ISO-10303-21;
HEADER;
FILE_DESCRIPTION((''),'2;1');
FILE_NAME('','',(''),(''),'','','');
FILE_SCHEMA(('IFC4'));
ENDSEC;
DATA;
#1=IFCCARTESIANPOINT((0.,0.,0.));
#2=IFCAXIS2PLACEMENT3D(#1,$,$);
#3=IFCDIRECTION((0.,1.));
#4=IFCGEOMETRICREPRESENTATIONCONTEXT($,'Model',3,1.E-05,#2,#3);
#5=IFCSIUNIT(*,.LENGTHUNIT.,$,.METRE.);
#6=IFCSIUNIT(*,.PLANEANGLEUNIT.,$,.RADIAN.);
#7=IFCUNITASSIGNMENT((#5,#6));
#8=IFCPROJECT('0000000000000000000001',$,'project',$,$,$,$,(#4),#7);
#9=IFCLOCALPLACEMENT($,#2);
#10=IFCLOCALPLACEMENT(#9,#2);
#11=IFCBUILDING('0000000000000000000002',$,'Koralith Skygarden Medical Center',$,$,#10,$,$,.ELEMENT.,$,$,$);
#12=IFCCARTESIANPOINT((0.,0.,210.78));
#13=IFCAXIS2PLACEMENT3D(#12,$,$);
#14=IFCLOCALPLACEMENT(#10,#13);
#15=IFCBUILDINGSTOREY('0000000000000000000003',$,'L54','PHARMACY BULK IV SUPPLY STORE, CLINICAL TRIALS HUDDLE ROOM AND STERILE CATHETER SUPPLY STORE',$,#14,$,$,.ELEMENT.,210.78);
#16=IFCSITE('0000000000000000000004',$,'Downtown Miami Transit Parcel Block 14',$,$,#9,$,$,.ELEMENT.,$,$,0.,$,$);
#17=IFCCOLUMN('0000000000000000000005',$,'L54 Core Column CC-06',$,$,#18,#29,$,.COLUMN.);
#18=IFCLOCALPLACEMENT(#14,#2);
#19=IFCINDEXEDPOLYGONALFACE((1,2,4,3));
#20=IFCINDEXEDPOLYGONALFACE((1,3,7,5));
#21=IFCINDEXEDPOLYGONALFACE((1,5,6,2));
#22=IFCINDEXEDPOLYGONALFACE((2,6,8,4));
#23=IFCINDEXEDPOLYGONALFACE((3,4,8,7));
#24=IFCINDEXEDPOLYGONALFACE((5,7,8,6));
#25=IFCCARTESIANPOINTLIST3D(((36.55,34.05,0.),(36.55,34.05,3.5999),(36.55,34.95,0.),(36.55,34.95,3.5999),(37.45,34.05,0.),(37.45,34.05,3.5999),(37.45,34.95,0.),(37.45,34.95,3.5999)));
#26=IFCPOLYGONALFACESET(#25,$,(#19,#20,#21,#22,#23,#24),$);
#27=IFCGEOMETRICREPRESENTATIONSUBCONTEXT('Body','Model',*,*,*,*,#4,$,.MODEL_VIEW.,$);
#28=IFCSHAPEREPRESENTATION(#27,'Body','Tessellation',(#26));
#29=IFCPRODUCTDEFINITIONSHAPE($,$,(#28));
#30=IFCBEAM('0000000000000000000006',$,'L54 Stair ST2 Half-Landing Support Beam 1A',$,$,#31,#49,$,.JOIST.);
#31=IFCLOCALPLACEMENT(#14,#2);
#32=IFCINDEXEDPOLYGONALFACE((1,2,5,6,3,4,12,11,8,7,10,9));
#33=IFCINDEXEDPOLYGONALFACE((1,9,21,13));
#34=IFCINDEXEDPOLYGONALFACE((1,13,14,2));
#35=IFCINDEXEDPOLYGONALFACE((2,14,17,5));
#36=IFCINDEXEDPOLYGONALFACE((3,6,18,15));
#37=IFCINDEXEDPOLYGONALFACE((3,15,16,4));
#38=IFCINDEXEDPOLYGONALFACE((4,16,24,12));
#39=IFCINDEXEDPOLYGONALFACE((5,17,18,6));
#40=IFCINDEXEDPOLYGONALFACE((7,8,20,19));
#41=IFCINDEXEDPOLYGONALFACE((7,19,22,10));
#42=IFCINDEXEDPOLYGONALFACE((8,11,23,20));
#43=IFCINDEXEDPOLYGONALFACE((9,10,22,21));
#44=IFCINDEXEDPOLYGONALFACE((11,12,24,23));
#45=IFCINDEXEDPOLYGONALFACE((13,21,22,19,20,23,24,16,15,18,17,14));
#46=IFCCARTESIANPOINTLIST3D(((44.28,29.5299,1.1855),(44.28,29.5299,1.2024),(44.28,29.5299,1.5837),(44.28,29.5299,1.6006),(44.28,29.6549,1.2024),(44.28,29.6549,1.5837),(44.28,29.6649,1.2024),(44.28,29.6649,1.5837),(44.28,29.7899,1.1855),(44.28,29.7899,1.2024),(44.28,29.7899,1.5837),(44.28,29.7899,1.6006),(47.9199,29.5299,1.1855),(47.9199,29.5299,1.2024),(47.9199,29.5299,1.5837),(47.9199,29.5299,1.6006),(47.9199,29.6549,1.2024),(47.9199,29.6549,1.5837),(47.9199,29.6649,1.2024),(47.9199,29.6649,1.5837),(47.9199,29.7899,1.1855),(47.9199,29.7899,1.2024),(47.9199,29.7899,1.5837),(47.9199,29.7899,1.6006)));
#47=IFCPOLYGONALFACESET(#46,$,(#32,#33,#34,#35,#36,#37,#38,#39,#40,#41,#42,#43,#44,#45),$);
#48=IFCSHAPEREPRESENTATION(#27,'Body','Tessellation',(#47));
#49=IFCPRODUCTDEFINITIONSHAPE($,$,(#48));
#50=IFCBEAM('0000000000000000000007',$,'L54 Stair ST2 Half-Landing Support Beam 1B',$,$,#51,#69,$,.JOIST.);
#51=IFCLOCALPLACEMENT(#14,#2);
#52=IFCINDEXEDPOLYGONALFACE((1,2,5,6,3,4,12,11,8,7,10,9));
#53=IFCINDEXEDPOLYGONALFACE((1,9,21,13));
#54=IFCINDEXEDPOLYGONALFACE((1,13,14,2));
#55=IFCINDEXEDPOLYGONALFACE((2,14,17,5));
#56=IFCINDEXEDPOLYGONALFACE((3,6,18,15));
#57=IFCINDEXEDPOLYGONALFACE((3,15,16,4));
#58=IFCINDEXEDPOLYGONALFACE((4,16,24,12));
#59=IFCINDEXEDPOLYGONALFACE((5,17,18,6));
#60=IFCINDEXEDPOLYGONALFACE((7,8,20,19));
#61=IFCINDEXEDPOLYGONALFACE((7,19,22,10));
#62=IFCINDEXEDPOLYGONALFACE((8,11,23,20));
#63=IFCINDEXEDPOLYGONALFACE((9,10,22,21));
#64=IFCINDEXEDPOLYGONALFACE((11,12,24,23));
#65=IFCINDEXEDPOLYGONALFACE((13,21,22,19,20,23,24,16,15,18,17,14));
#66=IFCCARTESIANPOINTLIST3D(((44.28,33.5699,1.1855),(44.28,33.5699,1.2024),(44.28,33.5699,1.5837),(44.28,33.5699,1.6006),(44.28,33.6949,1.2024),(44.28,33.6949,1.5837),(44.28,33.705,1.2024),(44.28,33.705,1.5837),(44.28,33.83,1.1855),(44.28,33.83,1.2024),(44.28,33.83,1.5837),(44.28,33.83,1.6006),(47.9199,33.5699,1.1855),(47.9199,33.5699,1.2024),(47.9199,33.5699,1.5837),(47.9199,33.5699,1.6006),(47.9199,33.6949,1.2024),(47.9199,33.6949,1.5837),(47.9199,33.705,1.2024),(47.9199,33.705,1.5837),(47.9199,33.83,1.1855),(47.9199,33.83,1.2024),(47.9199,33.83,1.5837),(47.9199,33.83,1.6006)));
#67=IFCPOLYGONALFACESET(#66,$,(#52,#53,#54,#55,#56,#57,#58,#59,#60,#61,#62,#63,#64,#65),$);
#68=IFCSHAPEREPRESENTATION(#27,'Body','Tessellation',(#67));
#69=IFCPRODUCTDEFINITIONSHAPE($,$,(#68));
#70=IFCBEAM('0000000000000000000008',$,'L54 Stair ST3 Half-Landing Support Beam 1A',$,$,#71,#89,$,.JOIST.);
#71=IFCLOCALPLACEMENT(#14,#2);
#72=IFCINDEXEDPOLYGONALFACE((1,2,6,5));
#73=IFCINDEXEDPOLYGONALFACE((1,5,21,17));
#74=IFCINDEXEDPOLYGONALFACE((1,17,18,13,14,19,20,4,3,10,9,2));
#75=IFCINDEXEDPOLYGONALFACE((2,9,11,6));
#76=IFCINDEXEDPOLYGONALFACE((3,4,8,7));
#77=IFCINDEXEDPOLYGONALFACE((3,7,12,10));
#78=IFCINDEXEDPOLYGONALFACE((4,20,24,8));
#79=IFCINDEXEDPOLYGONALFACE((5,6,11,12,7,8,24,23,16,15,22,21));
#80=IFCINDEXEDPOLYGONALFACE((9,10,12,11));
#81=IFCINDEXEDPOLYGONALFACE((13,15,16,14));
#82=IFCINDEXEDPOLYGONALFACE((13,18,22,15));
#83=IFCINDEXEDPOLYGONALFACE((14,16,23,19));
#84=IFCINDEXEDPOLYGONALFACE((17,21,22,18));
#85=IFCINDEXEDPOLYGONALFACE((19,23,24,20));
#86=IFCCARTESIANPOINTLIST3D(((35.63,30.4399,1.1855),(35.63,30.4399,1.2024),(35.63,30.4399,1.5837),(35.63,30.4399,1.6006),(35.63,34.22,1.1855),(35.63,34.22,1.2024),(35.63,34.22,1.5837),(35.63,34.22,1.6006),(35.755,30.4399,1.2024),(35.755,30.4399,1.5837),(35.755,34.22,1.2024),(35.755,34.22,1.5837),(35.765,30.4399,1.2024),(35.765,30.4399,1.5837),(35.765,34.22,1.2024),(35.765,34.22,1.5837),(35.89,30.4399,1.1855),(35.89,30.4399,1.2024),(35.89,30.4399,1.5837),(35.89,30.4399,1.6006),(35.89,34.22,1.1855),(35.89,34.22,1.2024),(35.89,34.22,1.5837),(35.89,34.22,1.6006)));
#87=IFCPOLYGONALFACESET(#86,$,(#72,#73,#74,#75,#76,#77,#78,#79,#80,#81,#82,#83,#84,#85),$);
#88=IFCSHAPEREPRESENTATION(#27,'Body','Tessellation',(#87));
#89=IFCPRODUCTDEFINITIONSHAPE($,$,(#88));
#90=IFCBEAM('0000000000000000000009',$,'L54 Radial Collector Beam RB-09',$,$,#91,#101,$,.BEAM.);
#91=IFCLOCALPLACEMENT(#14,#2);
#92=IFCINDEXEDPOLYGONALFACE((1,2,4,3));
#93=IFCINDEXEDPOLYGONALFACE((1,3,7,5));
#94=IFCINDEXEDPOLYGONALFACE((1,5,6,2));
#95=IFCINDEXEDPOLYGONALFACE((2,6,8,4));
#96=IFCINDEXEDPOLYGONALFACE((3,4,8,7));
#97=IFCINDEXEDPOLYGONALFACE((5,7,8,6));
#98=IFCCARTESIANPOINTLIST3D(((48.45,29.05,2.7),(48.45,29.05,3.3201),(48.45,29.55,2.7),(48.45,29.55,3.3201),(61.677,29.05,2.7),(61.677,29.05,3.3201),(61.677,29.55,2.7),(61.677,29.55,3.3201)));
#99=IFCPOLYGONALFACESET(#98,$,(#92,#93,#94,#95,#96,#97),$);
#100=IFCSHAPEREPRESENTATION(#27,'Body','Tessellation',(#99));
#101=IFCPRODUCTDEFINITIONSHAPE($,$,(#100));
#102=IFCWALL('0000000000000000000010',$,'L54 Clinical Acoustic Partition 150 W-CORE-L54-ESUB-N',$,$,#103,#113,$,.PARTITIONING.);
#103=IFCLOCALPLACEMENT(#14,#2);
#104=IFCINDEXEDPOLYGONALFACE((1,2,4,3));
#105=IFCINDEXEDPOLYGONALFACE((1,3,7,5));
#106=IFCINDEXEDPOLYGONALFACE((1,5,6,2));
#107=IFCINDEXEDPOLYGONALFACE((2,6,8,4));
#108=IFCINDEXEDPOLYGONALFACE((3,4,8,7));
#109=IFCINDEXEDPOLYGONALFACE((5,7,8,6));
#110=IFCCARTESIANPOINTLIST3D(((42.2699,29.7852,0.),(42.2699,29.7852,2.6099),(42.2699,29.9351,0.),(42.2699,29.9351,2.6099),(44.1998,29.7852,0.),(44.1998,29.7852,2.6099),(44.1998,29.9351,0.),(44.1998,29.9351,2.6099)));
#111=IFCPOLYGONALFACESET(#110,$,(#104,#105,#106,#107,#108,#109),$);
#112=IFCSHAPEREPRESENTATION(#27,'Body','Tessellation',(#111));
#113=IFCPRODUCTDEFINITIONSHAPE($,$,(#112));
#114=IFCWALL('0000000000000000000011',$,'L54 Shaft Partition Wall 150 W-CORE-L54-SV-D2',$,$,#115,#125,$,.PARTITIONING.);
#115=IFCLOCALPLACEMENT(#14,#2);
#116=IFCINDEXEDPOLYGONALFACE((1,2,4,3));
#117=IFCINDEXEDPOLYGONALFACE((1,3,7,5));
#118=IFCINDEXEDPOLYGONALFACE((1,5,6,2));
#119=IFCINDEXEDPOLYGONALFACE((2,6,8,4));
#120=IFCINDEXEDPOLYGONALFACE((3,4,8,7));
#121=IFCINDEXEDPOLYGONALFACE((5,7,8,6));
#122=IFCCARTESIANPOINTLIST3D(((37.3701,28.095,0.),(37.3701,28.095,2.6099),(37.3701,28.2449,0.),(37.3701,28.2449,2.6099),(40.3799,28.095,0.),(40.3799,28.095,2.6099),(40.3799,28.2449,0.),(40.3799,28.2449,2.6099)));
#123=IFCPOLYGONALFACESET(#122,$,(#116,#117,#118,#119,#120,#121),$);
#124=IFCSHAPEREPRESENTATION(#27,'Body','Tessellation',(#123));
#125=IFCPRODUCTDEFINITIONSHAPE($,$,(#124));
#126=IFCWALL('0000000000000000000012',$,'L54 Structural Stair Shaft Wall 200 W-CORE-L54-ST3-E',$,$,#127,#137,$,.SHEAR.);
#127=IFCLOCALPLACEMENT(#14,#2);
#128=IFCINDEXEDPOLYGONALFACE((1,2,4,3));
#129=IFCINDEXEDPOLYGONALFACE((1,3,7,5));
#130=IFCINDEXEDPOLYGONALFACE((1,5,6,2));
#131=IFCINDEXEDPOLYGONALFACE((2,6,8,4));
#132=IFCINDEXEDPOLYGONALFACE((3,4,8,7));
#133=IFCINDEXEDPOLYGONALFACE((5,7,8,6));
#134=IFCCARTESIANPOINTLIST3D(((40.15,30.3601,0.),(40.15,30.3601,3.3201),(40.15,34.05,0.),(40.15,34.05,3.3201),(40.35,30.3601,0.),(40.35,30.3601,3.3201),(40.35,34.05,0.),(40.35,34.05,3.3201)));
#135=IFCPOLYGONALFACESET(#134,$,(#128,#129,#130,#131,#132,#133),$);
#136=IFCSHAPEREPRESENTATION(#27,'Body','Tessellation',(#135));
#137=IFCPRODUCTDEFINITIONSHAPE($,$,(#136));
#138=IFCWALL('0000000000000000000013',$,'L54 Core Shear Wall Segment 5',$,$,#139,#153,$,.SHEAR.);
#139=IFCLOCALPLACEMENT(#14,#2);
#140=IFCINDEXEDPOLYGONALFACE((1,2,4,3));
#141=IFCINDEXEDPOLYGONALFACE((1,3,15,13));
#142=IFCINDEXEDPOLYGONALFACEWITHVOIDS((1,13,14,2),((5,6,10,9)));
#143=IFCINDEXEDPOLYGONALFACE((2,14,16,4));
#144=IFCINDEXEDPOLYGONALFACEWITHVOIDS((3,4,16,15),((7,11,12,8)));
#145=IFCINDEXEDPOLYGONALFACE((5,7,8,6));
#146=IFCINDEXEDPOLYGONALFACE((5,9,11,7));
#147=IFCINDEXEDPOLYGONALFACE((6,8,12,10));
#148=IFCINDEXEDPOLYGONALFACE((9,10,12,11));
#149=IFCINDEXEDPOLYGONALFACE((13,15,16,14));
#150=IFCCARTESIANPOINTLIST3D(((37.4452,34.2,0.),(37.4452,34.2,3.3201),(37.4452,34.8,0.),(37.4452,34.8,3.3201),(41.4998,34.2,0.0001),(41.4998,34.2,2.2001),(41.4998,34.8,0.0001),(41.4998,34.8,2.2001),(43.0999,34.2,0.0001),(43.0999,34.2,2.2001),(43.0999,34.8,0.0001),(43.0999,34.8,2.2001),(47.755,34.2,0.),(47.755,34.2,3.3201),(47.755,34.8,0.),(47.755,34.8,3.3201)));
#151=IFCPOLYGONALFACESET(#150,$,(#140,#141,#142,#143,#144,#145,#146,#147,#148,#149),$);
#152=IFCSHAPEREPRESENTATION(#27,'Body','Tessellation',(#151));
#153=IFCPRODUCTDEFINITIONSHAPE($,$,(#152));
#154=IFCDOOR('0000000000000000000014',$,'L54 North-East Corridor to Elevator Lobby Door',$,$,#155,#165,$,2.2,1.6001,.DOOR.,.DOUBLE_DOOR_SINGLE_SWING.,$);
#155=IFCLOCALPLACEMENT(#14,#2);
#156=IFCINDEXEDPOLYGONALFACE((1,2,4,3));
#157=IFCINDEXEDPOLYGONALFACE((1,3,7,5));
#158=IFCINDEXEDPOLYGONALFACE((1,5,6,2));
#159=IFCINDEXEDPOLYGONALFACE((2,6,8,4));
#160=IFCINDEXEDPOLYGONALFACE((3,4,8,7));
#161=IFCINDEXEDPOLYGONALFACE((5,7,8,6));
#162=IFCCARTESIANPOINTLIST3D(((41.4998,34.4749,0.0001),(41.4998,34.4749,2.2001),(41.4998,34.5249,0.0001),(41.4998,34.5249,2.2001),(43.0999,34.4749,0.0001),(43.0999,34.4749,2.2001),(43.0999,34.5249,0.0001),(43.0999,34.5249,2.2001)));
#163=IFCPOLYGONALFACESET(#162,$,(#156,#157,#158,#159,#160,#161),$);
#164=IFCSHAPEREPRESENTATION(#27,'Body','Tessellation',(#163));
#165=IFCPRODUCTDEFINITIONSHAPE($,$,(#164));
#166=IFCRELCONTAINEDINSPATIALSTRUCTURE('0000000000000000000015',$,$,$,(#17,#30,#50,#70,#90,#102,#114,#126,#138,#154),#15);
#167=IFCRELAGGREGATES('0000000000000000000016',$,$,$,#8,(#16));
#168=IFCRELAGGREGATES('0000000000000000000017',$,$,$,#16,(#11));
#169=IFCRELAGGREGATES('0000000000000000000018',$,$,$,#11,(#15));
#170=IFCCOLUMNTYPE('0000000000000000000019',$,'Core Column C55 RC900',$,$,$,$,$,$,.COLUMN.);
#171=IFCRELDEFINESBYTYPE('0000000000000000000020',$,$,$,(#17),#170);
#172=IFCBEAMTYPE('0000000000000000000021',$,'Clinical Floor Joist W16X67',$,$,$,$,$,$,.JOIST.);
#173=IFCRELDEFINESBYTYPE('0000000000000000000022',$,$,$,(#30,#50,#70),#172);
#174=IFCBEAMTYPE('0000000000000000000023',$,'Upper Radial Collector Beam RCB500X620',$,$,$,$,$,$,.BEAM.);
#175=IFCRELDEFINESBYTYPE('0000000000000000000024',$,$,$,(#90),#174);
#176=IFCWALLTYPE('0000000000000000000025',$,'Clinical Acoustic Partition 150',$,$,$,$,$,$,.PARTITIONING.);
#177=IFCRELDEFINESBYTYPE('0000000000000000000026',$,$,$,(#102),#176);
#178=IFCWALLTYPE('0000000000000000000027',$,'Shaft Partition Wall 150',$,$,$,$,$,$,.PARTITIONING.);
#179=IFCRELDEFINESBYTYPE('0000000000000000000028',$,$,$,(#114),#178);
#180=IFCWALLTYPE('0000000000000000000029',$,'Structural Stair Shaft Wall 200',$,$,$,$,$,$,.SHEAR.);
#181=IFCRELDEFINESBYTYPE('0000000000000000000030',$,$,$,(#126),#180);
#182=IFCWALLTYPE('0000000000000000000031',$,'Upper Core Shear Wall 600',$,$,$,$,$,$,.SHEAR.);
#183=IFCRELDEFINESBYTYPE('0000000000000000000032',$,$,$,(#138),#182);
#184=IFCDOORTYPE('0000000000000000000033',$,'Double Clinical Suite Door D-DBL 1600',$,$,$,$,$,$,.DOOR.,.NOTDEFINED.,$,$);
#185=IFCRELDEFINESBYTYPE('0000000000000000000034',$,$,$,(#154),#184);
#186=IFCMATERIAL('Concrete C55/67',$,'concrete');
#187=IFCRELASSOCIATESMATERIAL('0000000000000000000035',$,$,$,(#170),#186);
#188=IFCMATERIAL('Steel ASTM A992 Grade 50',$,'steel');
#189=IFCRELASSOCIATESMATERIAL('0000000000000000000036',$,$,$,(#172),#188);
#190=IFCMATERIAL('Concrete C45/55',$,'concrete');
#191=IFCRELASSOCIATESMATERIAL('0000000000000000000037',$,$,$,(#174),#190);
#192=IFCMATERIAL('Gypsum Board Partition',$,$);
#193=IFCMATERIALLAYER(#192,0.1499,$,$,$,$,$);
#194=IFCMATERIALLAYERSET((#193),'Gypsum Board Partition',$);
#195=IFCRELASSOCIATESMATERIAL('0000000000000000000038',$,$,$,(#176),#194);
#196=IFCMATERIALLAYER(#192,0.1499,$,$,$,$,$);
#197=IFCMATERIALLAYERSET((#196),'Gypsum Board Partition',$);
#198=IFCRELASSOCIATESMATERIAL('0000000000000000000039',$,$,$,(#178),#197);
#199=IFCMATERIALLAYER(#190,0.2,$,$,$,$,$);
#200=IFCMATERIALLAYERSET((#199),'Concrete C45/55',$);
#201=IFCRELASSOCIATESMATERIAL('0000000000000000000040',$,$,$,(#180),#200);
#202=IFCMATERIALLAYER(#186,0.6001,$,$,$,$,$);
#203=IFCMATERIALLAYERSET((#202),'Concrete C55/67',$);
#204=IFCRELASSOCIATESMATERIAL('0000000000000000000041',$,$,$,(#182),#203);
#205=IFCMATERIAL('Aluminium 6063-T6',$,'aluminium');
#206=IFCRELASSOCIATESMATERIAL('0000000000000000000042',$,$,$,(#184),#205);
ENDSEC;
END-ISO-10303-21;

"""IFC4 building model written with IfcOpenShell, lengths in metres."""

from ifc_helpers import new_model, si_unit, direction, frame, frame_2d, origin, origin_2d, place, context, subcontext, project, spatial, rectangle, i_section, extrude, material, layer, layer_set, material_profile, profile_set, type_object, element, fill, save


model = new_model("IFC4")

# Units and contexts
model_context = context("Model", 3, precision=1e-05, world=origin(), true_north=direction((0.0, 1.0)))
body_context = subcontext(model_context, "Body", "Model", "MODEL_VIEW")
ifc_project = project(units=[si_unit("LENGTHUNIT", "METRE"), si_unit("PLANEANGLEUNIT", "RADIAN")], contexts=[model_context])

# Site, building, storey
site_placement = place(None, origin())
site = spatial("IfcSite", under=ifc_project, at=site_placement, Name="Downtown Miami Transit Parcel Block 14", CompositionType="ELEMENT", RefElevation=0.0)
building_placement = place(site_placement, origin())
building = spatial("IfcBuilding", under=site, at=building_placement, Name="Koralith Skygarden Medical Center", CompositionType="ELEMENT")
storey_placement = place(building_placement, frame((0.0, 0.0, 210.78)))
storey = spatial("IfcBuildingStorey", under=building, at=storey_placement, Name="L54", Description="PHARMACY BULK IV SUPPLY STORE, CLINICAL TRIALS HUDDLE ROOM AND STERILE CATHETER SUPPLY STORE", CompositionType="ELEMENT", Elevation=210.78)

# Column
ifc_material_1 = material(Name="Concrete C55/67", Category="concrete")
ifc_material_profile_1 = material_profile(ifc_material_1, rectangle(XDim=0.8999, YDim=0.8999, at=origin_2d()), Name="RC900X900")
ifc_profile_set_1 = profile_set([ifc_material_profile_1], Name="Concrete C55/67")
column_type = type_object("IfcColumnType", Name="Core Column C55 RC900", PredefinedType="COLUMN", material=ifc_profile_set_1)
column_placement = place(storey_placement, frame((37.0, 34.5, 0.0), z_axis=(0.0, 0.0, 1.0), x_axis=(1.0, 0.0, 0.0)))
element("IfcColumn", 1, at=column_placement, inside=storey, type_object=column_type, Name="L54 Core Column CC-06", PredefinedType="COLUMN", context=body_context, shape_type="SweptSolid", body=[
    extrude(rectangle(XDim=0.8999, YDim=0.8999, at=origin_2d()), origin(), (0.0, 0.0, 1.0), 3.5999),
])

# Beams
ifc_material_2 = material(Name="Steel ASTM A992 Grade 50", Category="steel")
ifc_material_profile_2 = material_profile(ifc_material_2, i_section(OverallWidth=0.26, OverallDepth=0.415, WebThickness=0.01, FlangeThickness=0.0168, at=origin_2d()), Name="W16X67")
ifc_profile_set_2 = profile_set([ifc_material_profile_2], Name="Steel ASTM A992 Grade 50")
beam_type_1 = type_object("IfcBeamType", Name="Clinical Floor Joist W16X67", PredefinedType="JOIST", material=ifc_profile_set_2)
for number, where, z_axis, x_axis, name in (
    (2, (44.28, 29.6599, 1.3931), (1.0, 0.0, 0.0), (0.0, 1.0, 0.0), "L54 Stair ST2 Half-Landing Support Beam 1A"),
    (3, (44.28, 33.7, 1.3931), (1.0, 0.0, 0.0), (0.0, 1.0, 0.0), "L54 Stair ST2 Half-Landing Support Beam 1B"),
):
    element("IfcBeam", number, at=place(storey_placement, frame(where, z_axis=z_axis, x_axis=x_axis)), inside=storey, type_object=beam_type_1, Name=name, PredefinedType="JOIST", context=body_context, shape_type="SweptSolid", body=[
        extrude(i_section(OverallWidth=0.26, OverallDepth=0.415, WebThickness=0.01, FlangeThickness=0.0168, at=origin_2d()), origin(), (0.0, 0.0, 1.0), 3.6399),
    ])
beam_1_placement = place(storey_placement, frame((35.76, 30.4399, 1.3931), z_axis=(0.0, 1.0, 0.0), x_axis=(-1.0, 0.0, 0.0)))
element("IfcBeam", 4, at=beam_1_placement, inside=storey, type_object=beam_type_1, Name="L54 Stair ST3 Half-Landing Support Beam 1A", PredefinedType="JOIST", context=body_context, shape_type="SweptSolid", body=[
    extrude(i_section(OverallWidth=0.26, OverallDepth=0.415, WebThickness=0.01, FlangeThickness=0.0168, at=origin_2d()), origin(), (0.0, 0.0, 1.0), 3.78),
])
ifc_material_3 = material(Name="Concrete C45/55", Category="concrete")
ifc_material_profile_3 = material_profile(ifc_material_3, rectangle(XDim=0.5, YDim=0.6201, at=origin_2d()), Name="RCB500X620")
ifc_profile_set_3 = profile_set([ifc_material_profile_3], Name="Concrete C45/55")
beam_type_2 = type_object("IfcBeamType", Name="Upper Radial Collector Beam RCB500X620", PredefinedType="BEAM", material=ifc_profile_set_3)
beam_2_placement = place(storey_placement, frame((48.45, 29.3, 3.01), z_axis=(1.0, 0.0, 0.0), x_axis=(0.0, 1.0, 0.0)))
element("IfcBeam", 5, at=beam_2_placement, inside=storey, type_object=beam_type_2, Name="L54 Radial Collector Beam RB-09", PredefinedType="BEAM", context=body_context, shape_type="SweptSolid", body=[
    extrude(rectangle(XDim=0.5, YDim=0.6201, at=origin_2d()), origin(), (0.0, 0.0, 1.0), 13.2271),
])

# Walls
ifc_material_4 = material(Name="Gypsum Board Partition")
ifc_layer_1 = layer(ifc_material_4, 0.1499)
ifc_layer_set_1 = layer_set([ifc_layer_1], Name="Gypsum Board Partition")
wall_type_1 = type_object("IfcWallType", Name="Clinical Acoustic Partition 150", PredefinedType="PARTITIONING", material=ifc_layer_set_1)
wall_1_placement = place(storey_placement, frame((42.27, 29.8601, 0.0), z_axis=(0.0, 0.0, 1.0), x_axis=(1.0, 0.0, 0.0)))
element("IfcWall", 6, at=wall_1_placement, inside=storey, type_object=wall_type_1, Name="L54 Clinical Acoustic Partition 150 W-CORE-L54-ESUB-N", PredefinedType="PARTITIONING", context=body_context, shape_type="SweptSolid", body=[
    extrude(rectangle(XDim=1.9299, YDim=0.1499, at=frame_2d((0.9648, 0.0))), origin(), (0.0, 0.0, 1.0), 2.6099),
])
ifc_layer_2 = layer(ifc_material_4, 0.1499)
ifc_layer_set_2 = layer_set([ifc_layer_2], Name="Gypsum Board Partition")
wall_type_2 = type_object("IfcWallType", Name="Shaft Partition Wall 150", PredefinedType="PARTITIONING", material=ifc_layer_set_2)
wall_2_placement = place(storey_placement, frame((37.3701, 28.1699, 0.0), z_axis=(0.0, 0.0, 1.0), x_axis=(1.0, 0.0, 0.0)))
element("IfcWall", 7, at=wall_2_placement, inside=storey, type_object=wall_type_2, Name="L54 Shaft Partition Wall 150 W-CORE-L54-SV-D2", PredefinedType="PARTITIONING", context=body_context, shape_type="SweptSolid", body=[
    extrude(rectangle(XDim=3.0098, YDim=0.1499, at=frame_2d((1.5049, 0.0))), origin(), (0.0, 0.0, 1.0), 2.6099),
])
ifc_layer_3 = layer(ifc_material_3, 0.2)
ifc_layer_set_3 = layer_set([ifc_layer_3], Name="Concrete C45/55")
wall_type_3 = type_object("IfcWallType", Name="Structural Stair Shaft Wall 200", PredefinedType="SHEAR", material=ifc_layer_set_3)
wall_3_placement = place(storey_placement, frame((40.25, 30.3601, 0.0), z_axis=(0.0, 0.0, 1.0), x_axis=(0.0, 1.0, 0.0)))
element("IfcWall", 8, at=wall_3_placement, inside=storey, type_object=wall_type_3, Name="L54 Structural Stair Shaft Wall 200 W-CORE-L54-ST3-E", PredefinedType="SHEAR", context=body_context, shape_type="SweptSolid", body=[
    extrude(rectangle(XDim=3.6899, YDim=0.2, at=frame_2d((1.845, 0.0))), origin(), (0.0, 0.0, 1.0), 3.3201),
])

# Wall, opening, door
ifc_layer_4 = layer(ifc_material_1, 0.6001)
ifc_layer_set_4 = layer_set([ifc_layer_4], Name="Concrete C55/67")
wall_type_4 = type_object("IfcWallType", Name="Upper Core Shear Wall 600", PredefinedType="SHEAR", material=ifc_layer_set_4)
wall_4_placement = place(storey_placement, frame((47.7549, 34.5, 0.0), z_axis=(0.0, 0.0, 1.0), x_axis=(-1.0, 0.0, 0.0)))
wall_4 = element("IfcWall", 9, at=wall_4_placement, inside=storey, type_object=wall_type_4, Name="L54 Core Shear Wall Segment 5", PredefinedType="SHEAR", context=body_context, shape_type="SweptSolid", body=[
    extrude(rectangle(XDim=10.3098, YDim=0.6001, at=frame_2d((5.1548, 0.0))), origin(), (0.0, 0.0, 1.0), 3.3201),
])
opening_1_placement = place(wall_4_placement, frame((4.655, 0.0, 0.0)))
opening_1 = element("IfcOpeningElement", 10, at=opening_1_placement, cuts=wall_4, PredefinedType="OPENING", context=body_context, shape_type="SweptSolid", body=[
    extrude(rectangle(XDim=1.6001, YDim=2.2, at=frame_2d((0.8, 1.1001))), frame((0.0, 0.3101, 0.0), z_axis=(0.0, -1.0, 0.0), x_axis=(1.0, 0.0, 0.0)), (0.0, 0.0, 1.0), 0.6201),
])
ifc_material_5 = material(Name="Aluminium 6063-T6", Category="aluminium")
door_type_1 = type_object("IfcDoorType", Name="Double Clinical Suite Door D-DBL 1600", OperationType="NOTDEFINED", PredefinedType="DOOR", material=ifc_material_5)
door_1_placement = place(opening_1_placement, frame((1.6001, 0.0, 0.0), z_axis=(0.0, 0.0, 1.0), x_axis=(-1.0, 0.0, 0.0)))
door_1 = element("IfcDoor", 11, at=door_1_placement, inside=storey, type_object=door_type_1, Name="L54 North-East Corridor to Elevator Lobby Door", OperationType="DOUBLE_DOOR_SINGLE_SWING", OverallHeight=2.2, OverallWidth=1.6001, PredefinedType="DOOR", context=body_context, shape_type="SweptSolid", body=[
    extrude(rectangle(XDim=1.6001, YDim=2.2, at=frame_2d((0.8, 1.1001))), frame((0.0, 0.0249, 0.0), z_axis=(0.0, -1.0, 0.0), x_axis=(1.0, 0.0, 0.0)), (0.0, 0.0, 1.0), 0.05),
])
fill(opening_1, door_1)

save(model, "model.ifc")
